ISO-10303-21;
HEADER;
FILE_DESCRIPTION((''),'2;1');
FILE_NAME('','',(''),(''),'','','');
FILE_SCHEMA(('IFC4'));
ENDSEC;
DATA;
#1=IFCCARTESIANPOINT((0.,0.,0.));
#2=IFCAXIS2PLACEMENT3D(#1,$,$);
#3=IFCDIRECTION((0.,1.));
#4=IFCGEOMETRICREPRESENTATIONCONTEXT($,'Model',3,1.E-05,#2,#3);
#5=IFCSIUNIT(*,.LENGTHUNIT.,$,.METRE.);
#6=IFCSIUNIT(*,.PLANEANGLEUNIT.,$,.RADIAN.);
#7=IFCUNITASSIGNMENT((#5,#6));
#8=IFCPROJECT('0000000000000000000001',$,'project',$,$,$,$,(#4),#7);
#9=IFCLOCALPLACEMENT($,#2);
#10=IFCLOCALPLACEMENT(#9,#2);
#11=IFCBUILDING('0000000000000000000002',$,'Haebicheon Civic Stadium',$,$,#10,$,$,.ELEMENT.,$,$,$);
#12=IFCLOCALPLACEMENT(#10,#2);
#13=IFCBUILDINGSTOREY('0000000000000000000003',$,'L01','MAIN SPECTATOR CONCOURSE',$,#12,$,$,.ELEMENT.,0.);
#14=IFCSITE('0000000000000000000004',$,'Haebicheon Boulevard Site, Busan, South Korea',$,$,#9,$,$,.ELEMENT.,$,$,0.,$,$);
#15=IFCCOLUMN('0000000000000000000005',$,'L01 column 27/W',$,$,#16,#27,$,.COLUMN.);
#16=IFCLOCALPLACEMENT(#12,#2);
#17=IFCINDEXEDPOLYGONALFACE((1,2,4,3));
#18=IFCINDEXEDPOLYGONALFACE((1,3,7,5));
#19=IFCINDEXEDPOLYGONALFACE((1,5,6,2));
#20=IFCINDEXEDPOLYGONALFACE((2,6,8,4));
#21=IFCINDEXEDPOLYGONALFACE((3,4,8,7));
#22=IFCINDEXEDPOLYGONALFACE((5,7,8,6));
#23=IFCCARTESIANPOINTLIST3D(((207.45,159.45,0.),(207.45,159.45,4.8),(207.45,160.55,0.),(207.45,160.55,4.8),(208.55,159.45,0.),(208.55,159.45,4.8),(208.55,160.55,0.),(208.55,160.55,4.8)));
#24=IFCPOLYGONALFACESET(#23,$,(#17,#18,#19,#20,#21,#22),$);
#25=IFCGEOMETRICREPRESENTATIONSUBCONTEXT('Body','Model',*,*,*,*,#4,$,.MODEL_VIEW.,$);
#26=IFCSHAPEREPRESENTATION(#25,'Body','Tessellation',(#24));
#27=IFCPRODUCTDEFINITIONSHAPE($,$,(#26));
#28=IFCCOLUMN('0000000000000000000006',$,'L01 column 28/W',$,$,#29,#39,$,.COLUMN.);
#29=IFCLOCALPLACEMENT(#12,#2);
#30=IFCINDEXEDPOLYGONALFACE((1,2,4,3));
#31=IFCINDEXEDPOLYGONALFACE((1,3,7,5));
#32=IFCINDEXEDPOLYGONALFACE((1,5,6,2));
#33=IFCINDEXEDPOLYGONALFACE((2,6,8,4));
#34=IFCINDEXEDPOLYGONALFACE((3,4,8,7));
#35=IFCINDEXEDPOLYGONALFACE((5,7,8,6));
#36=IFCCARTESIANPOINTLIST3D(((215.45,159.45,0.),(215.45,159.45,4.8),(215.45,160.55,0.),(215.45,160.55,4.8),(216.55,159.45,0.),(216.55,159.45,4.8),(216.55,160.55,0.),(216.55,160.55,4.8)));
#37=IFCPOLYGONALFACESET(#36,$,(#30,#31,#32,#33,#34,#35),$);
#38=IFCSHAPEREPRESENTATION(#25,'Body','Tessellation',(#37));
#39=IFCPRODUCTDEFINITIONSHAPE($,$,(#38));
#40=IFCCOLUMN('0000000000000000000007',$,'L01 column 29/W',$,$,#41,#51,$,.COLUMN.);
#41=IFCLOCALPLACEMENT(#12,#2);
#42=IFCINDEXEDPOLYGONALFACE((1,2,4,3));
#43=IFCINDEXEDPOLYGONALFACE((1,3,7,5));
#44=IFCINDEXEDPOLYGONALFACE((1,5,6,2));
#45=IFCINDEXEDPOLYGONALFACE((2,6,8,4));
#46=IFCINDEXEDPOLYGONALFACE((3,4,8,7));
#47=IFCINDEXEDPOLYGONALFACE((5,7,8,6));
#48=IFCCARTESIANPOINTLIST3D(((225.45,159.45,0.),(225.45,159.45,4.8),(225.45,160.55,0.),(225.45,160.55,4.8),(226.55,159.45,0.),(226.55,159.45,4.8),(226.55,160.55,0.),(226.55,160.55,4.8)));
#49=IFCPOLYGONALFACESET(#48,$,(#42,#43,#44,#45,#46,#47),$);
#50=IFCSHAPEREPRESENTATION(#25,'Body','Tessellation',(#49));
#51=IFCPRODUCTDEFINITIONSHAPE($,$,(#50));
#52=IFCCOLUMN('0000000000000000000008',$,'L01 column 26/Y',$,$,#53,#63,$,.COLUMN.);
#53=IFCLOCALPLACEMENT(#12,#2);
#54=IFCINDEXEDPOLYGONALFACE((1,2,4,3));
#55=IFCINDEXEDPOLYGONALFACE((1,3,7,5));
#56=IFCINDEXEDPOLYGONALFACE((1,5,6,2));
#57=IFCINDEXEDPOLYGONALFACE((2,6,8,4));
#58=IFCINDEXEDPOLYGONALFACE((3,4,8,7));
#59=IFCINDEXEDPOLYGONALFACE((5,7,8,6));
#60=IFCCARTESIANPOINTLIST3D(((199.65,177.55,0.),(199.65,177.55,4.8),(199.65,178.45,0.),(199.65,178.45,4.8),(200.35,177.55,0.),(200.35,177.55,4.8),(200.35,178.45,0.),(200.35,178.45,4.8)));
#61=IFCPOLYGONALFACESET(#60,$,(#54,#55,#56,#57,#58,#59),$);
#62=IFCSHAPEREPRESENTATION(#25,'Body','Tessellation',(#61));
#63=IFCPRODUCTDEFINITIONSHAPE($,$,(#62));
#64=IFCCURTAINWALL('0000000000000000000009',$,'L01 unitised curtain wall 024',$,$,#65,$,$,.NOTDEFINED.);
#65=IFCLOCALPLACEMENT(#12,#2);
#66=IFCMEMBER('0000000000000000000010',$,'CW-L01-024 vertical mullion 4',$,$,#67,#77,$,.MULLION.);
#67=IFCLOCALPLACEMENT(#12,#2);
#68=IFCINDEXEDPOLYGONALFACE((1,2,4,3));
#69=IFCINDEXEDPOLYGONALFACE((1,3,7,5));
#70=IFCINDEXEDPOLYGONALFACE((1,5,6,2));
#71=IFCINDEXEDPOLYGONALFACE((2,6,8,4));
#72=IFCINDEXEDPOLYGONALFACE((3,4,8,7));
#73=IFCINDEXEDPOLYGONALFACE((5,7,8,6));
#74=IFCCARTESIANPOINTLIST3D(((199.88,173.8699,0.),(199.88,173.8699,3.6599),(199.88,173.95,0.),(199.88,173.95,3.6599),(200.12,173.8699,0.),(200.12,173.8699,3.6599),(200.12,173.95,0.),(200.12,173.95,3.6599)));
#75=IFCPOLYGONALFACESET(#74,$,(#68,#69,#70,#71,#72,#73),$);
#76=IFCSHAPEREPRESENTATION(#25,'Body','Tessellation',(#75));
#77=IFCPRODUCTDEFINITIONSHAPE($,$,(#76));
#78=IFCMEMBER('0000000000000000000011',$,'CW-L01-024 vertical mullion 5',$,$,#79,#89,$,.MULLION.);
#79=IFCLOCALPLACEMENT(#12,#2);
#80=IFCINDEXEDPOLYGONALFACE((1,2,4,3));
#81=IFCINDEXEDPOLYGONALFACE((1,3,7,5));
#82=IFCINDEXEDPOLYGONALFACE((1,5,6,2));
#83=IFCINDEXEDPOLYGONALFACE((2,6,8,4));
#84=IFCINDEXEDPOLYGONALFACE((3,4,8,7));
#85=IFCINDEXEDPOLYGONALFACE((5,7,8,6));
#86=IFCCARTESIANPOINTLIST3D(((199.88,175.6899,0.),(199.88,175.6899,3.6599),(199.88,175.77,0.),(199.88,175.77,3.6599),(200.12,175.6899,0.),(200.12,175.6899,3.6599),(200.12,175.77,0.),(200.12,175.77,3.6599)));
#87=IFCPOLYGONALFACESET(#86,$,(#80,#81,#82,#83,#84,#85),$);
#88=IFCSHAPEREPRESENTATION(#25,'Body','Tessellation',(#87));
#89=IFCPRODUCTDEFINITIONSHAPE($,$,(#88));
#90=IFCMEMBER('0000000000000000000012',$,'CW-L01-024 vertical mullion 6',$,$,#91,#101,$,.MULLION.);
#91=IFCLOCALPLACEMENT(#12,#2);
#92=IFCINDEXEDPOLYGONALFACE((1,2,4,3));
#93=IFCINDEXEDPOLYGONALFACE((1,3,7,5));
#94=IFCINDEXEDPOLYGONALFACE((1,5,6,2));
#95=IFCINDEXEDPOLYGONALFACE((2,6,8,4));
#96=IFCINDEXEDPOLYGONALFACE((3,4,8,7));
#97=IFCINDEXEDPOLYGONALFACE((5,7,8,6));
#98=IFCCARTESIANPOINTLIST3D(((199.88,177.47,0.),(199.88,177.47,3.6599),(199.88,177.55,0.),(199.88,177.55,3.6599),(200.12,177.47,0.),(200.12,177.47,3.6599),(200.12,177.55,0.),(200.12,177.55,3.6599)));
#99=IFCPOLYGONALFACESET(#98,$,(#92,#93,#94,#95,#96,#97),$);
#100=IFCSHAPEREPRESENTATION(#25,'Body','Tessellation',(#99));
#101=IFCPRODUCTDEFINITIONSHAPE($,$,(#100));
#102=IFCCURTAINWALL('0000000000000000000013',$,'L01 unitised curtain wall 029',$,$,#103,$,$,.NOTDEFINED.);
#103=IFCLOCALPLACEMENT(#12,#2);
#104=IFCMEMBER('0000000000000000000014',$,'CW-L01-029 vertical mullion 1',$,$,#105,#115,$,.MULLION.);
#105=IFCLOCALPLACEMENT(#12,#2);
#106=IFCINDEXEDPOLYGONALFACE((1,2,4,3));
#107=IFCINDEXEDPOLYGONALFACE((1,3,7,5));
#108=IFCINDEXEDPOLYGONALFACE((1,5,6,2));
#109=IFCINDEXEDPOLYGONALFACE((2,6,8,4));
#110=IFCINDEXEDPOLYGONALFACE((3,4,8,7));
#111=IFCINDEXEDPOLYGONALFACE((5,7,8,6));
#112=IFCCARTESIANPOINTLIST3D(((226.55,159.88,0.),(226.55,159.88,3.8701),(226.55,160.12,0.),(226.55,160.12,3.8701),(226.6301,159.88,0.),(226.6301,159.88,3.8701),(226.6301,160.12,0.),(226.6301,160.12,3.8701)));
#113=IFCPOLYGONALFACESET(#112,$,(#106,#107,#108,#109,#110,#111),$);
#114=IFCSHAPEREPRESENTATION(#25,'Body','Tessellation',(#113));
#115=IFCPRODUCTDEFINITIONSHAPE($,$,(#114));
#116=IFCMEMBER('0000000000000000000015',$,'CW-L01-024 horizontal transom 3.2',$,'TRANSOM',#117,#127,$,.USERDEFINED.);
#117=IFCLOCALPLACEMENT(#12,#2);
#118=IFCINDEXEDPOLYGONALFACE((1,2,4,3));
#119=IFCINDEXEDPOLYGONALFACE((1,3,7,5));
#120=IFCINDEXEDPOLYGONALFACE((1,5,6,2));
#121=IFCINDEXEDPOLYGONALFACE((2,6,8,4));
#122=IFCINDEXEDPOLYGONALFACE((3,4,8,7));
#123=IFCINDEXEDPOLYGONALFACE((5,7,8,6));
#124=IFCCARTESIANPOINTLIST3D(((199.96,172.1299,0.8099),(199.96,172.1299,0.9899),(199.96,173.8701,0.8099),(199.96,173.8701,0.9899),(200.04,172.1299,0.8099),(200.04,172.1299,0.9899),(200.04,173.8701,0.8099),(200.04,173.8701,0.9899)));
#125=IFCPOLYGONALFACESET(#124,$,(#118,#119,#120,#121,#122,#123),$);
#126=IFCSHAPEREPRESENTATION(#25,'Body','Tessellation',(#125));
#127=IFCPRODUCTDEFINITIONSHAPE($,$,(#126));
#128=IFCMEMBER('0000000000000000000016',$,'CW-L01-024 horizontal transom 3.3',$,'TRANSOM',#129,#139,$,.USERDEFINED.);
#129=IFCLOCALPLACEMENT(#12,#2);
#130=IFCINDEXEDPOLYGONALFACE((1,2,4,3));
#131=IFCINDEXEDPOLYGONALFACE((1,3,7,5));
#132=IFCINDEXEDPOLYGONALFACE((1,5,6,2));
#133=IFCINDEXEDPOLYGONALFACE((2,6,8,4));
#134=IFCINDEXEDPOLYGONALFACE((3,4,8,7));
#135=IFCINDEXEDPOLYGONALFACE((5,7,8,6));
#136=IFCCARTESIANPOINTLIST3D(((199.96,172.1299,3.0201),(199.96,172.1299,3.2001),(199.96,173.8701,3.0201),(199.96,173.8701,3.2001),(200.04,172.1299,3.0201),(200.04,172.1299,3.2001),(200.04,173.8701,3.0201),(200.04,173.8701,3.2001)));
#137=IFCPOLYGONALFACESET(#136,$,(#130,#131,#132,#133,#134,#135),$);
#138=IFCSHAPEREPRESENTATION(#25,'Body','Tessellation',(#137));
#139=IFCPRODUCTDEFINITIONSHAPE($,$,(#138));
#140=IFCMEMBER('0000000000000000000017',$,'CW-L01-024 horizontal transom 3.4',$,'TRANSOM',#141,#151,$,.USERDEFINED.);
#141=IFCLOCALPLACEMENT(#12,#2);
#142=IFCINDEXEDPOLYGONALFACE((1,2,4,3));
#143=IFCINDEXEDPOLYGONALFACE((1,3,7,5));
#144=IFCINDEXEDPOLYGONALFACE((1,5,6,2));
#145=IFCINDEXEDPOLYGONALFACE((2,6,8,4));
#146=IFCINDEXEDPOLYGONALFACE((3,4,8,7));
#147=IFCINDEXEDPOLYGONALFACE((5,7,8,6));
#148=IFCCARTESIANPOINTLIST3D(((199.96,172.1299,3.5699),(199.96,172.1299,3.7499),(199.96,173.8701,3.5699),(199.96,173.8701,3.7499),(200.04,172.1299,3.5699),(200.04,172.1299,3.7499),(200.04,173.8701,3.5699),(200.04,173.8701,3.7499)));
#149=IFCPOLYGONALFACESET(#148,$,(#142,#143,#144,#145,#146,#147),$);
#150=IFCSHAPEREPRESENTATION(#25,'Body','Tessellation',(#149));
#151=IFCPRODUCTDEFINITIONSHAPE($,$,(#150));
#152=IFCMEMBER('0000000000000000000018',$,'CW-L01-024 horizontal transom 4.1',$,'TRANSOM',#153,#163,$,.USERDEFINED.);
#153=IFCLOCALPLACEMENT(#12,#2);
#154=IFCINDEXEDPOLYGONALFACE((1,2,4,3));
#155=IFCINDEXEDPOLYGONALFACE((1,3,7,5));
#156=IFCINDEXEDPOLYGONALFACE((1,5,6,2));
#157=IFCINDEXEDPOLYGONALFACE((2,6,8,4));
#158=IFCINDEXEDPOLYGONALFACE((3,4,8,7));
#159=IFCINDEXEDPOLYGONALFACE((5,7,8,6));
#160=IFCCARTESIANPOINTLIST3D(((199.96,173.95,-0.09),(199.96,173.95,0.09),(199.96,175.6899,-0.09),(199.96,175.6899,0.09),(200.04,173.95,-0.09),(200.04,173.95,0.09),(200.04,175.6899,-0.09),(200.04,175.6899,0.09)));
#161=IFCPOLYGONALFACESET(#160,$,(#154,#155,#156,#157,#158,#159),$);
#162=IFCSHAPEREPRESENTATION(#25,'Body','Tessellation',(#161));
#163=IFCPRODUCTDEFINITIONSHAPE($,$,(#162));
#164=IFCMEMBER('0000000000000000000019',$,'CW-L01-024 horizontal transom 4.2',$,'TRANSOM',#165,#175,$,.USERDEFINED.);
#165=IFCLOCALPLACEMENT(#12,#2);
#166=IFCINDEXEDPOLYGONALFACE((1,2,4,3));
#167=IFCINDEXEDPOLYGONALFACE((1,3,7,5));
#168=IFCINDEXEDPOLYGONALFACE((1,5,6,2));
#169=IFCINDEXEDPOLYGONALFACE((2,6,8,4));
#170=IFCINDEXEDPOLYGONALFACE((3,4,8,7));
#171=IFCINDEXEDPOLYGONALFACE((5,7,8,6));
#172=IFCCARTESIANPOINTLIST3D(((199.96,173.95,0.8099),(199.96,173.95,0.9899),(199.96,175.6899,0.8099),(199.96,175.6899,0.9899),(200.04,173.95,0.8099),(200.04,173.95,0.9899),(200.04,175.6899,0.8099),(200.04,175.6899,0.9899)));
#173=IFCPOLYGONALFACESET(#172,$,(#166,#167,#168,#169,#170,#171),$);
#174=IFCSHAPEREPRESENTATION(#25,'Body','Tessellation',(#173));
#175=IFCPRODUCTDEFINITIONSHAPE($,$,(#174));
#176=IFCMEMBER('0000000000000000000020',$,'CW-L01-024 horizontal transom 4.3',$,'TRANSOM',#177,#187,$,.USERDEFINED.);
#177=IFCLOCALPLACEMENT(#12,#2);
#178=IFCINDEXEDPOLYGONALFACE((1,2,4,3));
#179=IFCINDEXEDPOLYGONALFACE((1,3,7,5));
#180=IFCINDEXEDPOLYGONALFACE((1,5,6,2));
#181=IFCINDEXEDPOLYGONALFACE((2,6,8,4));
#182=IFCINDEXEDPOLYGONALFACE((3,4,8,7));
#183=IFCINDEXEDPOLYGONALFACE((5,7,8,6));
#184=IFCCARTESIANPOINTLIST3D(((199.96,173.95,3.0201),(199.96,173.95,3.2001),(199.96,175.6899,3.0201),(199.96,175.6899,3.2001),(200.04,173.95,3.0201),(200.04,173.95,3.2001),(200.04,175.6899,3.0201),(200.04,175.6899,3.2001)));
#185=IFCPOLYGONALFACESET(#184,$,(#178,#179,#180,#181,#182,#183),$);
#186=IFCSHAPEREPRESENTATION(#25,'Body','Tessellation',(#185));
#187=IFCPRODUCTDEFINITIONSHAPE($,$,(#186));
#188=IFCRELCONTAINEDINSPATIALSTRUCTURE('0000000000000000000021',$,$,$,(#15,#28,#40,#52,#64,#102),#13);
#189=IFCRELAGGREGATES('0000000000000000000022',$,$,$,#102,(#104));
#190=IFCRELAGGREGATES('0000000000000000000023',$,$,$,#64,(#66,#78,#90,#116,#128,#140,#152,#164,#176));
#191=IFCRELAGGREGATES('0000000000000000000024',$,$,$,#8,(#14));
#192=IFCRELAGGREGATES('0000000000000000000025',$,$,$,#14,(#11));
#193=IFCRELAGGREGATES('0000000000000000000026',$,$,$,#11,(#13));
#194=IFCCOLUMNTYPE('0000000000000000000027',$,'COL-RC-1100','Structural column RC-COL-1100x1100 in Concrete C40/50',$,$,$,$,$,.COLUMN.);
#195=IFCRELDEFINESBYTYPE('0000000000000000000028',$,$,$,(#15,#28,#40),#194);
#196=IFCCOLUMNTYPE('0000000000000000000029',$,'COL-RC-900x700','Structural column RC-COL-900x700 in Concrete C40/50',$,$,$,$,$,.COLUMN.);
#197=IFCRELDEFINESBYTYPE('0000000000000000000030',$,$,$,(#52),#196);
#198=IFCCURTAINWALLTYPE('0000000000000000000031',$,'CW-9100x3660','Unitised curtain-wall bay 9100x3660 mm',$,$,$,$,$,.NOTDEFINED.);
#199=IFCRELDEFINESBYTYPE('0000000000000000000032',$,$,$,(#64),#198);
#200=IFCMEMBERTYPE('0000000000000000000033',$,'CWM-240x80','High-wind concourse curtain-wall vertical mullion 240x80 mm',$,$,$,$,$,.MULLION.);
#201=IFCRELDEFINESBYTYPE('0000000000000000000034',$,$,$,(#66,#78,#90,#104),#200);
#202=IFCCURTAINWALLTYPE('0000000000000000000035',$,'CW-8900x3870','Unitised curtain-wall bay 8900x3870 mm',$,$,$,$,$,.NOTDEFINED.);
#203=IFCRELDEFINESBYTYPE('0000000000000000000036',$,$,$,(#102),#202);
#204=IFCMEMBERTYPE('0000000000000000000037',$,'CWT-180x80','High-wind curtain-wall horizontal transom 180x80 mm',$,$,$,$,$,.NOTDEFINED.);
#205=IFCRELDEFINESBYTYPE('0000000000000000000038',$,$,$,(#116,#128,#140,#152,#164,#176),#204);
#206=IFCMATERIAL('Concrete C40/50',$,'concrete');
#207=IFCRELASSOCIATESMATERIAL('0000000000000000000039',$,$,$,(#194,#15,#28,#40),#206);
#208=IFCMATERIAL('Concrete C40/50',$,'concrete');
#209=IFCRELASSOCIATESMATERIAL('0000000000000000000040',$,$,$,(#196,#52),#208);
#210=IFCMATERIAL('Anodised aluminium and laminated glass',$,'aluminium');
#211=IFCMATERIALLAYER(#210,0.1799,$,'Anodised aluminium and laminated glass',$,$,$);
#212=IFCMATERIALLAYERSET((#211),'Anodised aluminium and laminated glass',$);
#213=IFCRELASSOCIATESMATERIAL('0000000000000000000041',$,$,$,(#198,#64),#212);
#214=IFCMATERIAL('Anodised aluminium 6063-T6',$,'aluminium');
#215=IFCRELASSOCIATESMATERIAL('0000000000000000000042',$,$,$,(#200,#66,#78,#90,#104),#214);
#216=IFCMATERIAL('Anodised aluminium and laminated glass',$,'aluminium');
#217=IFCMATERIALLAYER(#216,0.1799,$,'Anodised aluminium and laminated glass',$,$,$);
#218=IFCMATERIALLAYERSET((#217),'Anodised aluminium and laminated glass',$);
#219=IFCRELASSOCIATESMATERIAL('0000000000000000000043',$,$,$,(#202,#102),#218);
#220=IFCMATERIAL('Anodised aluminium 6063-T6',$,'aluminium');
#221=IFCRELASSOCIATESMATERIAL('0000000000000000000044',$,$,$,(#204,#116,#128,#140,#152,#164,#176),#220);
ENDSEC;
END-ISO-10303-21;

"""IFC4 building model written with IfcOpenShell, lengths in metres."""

from ifc_helpers import new_model, si_unit, direction, frame, origin, origin_2d, place, context, subcontext, project, spatial, rectangle, extrude, material, layer, layer_set, material_profile, profile_set, type_object, element, aggregate, save


model = new_model("IFC4")

# Units and contexts
model_context = context("Model", 3, precision=1e-05, world=origin(), true_north=direction((0.0, 1.0)))
body_context = subcontext(model_context, "Body", "Model", "MODEL_VIEW")
ifc_project = project(units=[si_unit("LENGTHUNIT", "METRE"), si_unit("PLANEANGLEUNIT", "RADIAN")], contexts=[model_context])

# Site, building, storey
site_placement = place(None, origin())
site = spatial("IfcSite", under=ifc_project, at=site_placement, Name="Haebicheon Boulevard Site, Busan, South Korea", CompositionType="ELEMENT", RefElevation=0.0)
building_placement = place(site_placement, origin())
building = spatial("IfcBuilding", under=site, at=building_placement, Name="Haebicheon Civic Stadium", CompositionType="ELEMENT")
storey_placement = place(building_placement, origin())
storey = spatial("IfcBuildingStorey", under=building, at=storey_placement, Name="L01", Description="MAIN SPECTATOR CONCOURSE", CompositionType="ELEMENT", Elevation=0.0)

# Columns
ifc_material_1 = material(Name="Concrete C40/50", Category="concrete")
ifc_material_profile_1 = material_profile(ifc_material_1, rectangle(XDim=1.1001, YDim=1.1001, at=origin_2d()), Name="RC-COL-1100x1100")
ifc_profile_set_1 = profile_set([ifc_material_profile_1], Name="Concrete C40/50")
column_type_1 = type_object("IfcColumnType", Name="COL-RC-1100", Description="Structural column RC-COL-1100x1100 in Concrete C40/50", PredefinedType="COLUMN", material=ifc_profile_set_1)
for number, where, z_axis, x_axis, name in (
    (1, (208.0, 160.0, 0.0), (0.0, 0.0, 1.0), (1.0, 0.0, 0.0), "L01 column 27/W"),
    (2, (216.0, 160.0, 0.0), (0.0, 0.0, 1.0), (1.0, 0.0, 0.0), "L01 column 28/W"),
    (3, (226.0, 160.0, 0.0), (0.0, 0.0, 1.0), (1.0, 0.0, 0.0), "L01 column 29/W"),
):
    element("IfcColumn", number, at=place(storey_placement, frame(where, z_axis=z_axis, x_axis=x_axis)), inside=storey, type_object=column_type_1, material=ifc_profile_set_1, Name=name, PredefinedType="COLUMN", context=body_context, shape_type="SweptSolid", body=[
        extrude(rectangle(XDim=1.1001, YDim=1.1001, at=origin_2d()), origin(), (0.0, 0.0, 1.0), 4.8),
    ])
ifc_material_2 = material(Name="Concrete C40/50", Category="concrete")
ifc_material_profile_2 = material_profile(ifc_material_2, rectangle(XDim=0.7, YDim=0.8999, at=origin_2d()), Name="RC-COL-900x700")
ifc_profile_set_2 = profile_set([ifc_material_profile_2], Name="Concrete C40/50")
column_type_2 = type_object("IfcColumnType", Name="COL-RC-900x700", Description="Structural column RC-COL-900x700 in Concrete C40/50", PredefinedType="COLUMN", material=ifc_profile_set_2)
column_placement = place(storey_placement, frame((200.0, 178.0, 0.0), z_axis=(0.0, 0.0, 1.0), x_axis=(1.0, 0.0, 0.0)))
element("IfcColumn", 4, at=column_placement, inside=storey, type_object=column_type_2, material=ifc_profile_set_2, Name="L01 column 26/Y", PredefinedType="COLUMN", context=body_context, shape_type="SweptSolid", body=[
    extrude(rectangle(XDim=0.7, YDim=0.8999, at=origin_2d()), origin(), (0.0, 0.0, 1.0), 4.8),
])

# Curtain wall, members
ifc_material_3 = material(Name="Anodised aluminium and laminated glass", Category="aluminium")
ifc_layer_1 = layer(ifc_material_3, 0.1799, Name="Anodised aluminium and laminated glass")
ifc_layer_set_1 = layer_set([ifc_layer_1], Name="Anodised aluminium and laminated glass")
curtain_wall_type_1 = type_object("IfcCurtainWallType", Name="CW-9100x3660", Description="Unitised curtain-wall bay 9100x3660 mm", PredefinedType="NOTDEFINED", material=ifc_layer_set_1)
curtain_wall_1_placement = place(storey_placement, origin())
curtain_wall_1 = element("IfcCurtainWall", 5, at=curtain_wall_1_placement, inside=storey, type_object=curtain_wall_type_1, material=ifc_layer_set_1, Name="L01 unitised curtain wall 024", PredefinedType="NOTDEFINED")
ifc_material_4 = material(Name="Anodised aluminium 6063-T6", Category="aluminium")
ifc_material_profile_3 = material_profile(ifc_material_4, rectangle(XDim=0.0801, YDim=0.24, at=origin_2d()), Name="ALU-MULL-80x240")
ifc_profile_set_3 = profile_set([ifc_material_profile_3], Name="Anodised aluminium 6063-T6")
member_type_1 = type_object("IfcMemberType", Name="CWM-240x80", Description="High-wind concourse curtain-wall vertical mullion 240x80 mm", PredefinedType="MULLION", material=ifc_profile_set_3)
member_1_placement = place(storey_placement, frame((200.0, 173.9099, 0.0), z_axis=(0.0, 0.0, 1.0), x_axis=(0.0, 1.0, 0.0)))
member_1 = element("IfcMember", 6, at=member_1_placement, type_object=member_type_1, material=ifc_profile_set_3, Name="CW-L01-024 vertical mullion 4", PredefinedType="MULLION", context=body_context, shape_type="SweptSolid", body=[
    extrude(rectangle(XDim=0.0801, YDim=0.24, at=origin_2d()), origin(), (0.0, 0.0, 1.0), 3.6599),
])
member_2_placement = place(storey_placement, frame((200.0, 175.73, 0.0), z_axis=(0.0, 0.0, 1.0), x_axis=(0.0, 1.0, 0.0)))
member_2 = element("IfcMember", 7, at=member_2_placement, type_object=member_type_1, material=ifc_profile_set_3, Name="CW-L01-024 vertical mullion 5", PredefinedType="MULLION", context=body_context, shape_type="SweptSolid", body=[
    extrude(rectangle(XDim=0.0801, YDim=0.24, at=origin_2d()), origin(), (0.0, 0.0, 1.0), 3.6599),
])
member_3_placement = place(storey_placement, frame((200.0, 177.51, 0.0), z_axis=(0.0, 0.0, 1.0), x_axis=(0.0, 1.0, 0.0)))
member_3 = element("IfcMember", 8, at=member_3_placement, type_object=member_type_1, material=ifc_profile_set_3, Name="CW-L01-024 vertical mullion 6", PredefinedType="MULLION", context=body_context, shape_type="SweptSolid", body=[
    extrude(rectangle(XDim=0.0801, YDim=0.24, at=origin_2d()), origin(), (0.0, 0.0, 1.0), 3.6599),
])

# Curtain wall, member
ifc_material_5 = material(Name="Anodised aluminium and laminated glass", Category="aluminium")
ifc_layer_2 = layer(ifc_material_5, 0.1799, Name="Anodised aluminium and laminated glass")
ifc_layer_set_2 = layer_set([ifc_layer_2], Name="Anodised aluminium and laminated glass")
curtain_wall_type_2 = type_object("IfcCurtainWallType", Name="CW-8900x3870", Description="Unitised curtain-wall bay 8900x3870 mm", PredefinedType="NOTDEFINED", material=ifc_layer_set_2)
curtain_wall_2_placement = place(storey_placement, origin())
curtain_wall_2 = element("IfcCurtainWall", 9, at=curtain_wall_2_placement, inside=storey, type_object=curtain_wall_type_2, material=ifc_layer_set_2, Name="L01 unitised curtain wall 029", PredefinedType="NOTDEFINED")
member_4_placement = place(storey_placement, frame((226.5901, 160.0, 0.0), z_axis=(0.0, 0.0, 1.0), x_axis=(1.0, 0.0, 0.0)))
member_4 = element("IfcMember", 10, at=member_4_placement, type_object=member_type_1, material=ifc_profile_set_3, Name="CW-L01-029 vertical mullion 1", PredefinedType="MULLION", context=body_context, shape_type="SweptSolid", body=[
    extrude(rectangle(XDim=0.0801, YDim=0.24, at=origin_2d()), origin(), (0.0, 0.0, 1.0), 3.8701),
])

# Members
ifc_material_6 = material(Name="Anodised aluminium 6063-T6", Category="aluminium")
ifc_material_profile_4 = material_profile(ifc_material_6, rectangle(XDim=0.0801, YDim=0.1799, at=origin_2d()), Name="ALU-TRAN-80x180")
ifc_profile_set_4 = profile_set([ifc_material_profile_4], Name="Anodised aluminium 6063-T6")
member_type_2 = type_object("IfcMemberType", Name="CWT-180x80", Description="High-wind curtain-wall horizontal transom 180x80 mm", PredefinedType="NOTDEFINED", material=ifc_profile_set_4)
member_5_placement = place(storey_placement, frame((200.0, 172.1299, 0.8999), z_axis=(0.0, 1.0, 0.0), x_axis=(-1.0, 0.0, 0.0)))
member_5 = element("IfcMember", 11, at=member_5_placement, type_object=member_type_2, material=ifc_profile_set_4, Name="CW-L01-024 horizontal transom 3.2", ObjectType="TRANSOM", PredefinedType="USERDEFINED", context=body_context, shape_type="SweptSolid", body=[
    extrude(rectangle(XDim=0.0801, YDim=0.1799, at=origin_2d()), origin(), (0.0, 0.0, 1.0), 1.7402),
])
member_6_placement = place(storey_placement, frame((200.0, 172.1299, 3.1101), z_axis=(0.0, 1.0, 0.0), x_axis=(-1.0, 0.0, 0.0)))
member_6 = element("IfcMember", 12, at=member_6_placement, type_object=member_type_2, material=ifc_profile_set_4, Name="CW-L01-024 horizontal transom 3.3", ObjectType="TRANSOM", PredefinedType="USERDEFINED", context=body_context, shape_type="SweptSolid", body=[
    extrude(rectangle(XDim=0.0801, YDim=0.1799, at=origin_2d()), origin(), (0.0, 0.0, 1.0), 1.7402),
])
member_7_placement = place(storey_placement, frame((200.0, 172.1299, 3.6599), z_axis=(0.0, 1.0, 0.0), x_axis=(-1.0, 0.0, 0.0)))
member_7 = element("IfcMember", 13, at=member_7_placement, type_object=member_type_2, material=ifc_profile_set_4, Name="CW-L01-024 horizontal transom 3.4", ObjectType="TRANSOM", PredefinedType="USERDEFINED", context=body_context, shape_type="SweptSolid", body=[
    extrude(rectangle(XDim=0.0801, YDim=0.1799, at=origin_2d()), origin(), (0.0, 0.0, 1.0), 1.7402),
])
member_8_placement = place(storey_placement, frame((200.0, 173.95, 0.0), z_axis=(0.0, 1.0, 0.0), x_axis=(-1.0, 0.0, 0.0)))
member_8 = element("IfcMember", 14, at=member_8_placement, type_object=member_type_2, material=ifc_profile_set_4, Name="CW-L01-024 horizontal transom 4.1", ObjectType="TRANSOM", PredefinedType="USERDEFINED", context=body_context, shape_type="SweptSolid", body=[
    extrude(rectangle(XDim=0.0801, YDim=0.1799, at=origin_2d()), origin(), (0.0, 0.0, 1.0), 1.74),
])
member_9_placement = place(storey_placement, frame((200.0, 173.95, 0.8999), z_axis=(0.0, 1.0, 0.0), x_axis=(-1.0, 0.0, 0.0)))
member_9 = element("IfcMember", 15, at=member_9_placement, type_object=member_type_2, material=ifc_profile_set_4, Name="CW-L01-024 horizontal transom 4.2", ObjectType="TRANSOM", PredefinedType="USERDEFINED", context=body_context, shape_type="SweptSolid", body=[
    extrude(rectangle(XDim=0.0801, YDim=0.1799, at=origin_2d()), origin(), (0.0, 0.0, 1.0), 1.74),
])
member_10_placement = place(storey_placement, frame((200.0, 173.95, 3.1101), z_axis=(0.0, 1.0, 0.0), x_axis=(-1.0, 0.0, 0.0)))
member_10 = element("IfcMember", 16, at=member_10_placement, type_object=member_type_2, material=ifc_profile_set_4, Name="CW-L01-024 horizontal transom 4.3", ObjectType="TRANSOM", PredefinedType="USERDEFINED", context=body_context, shape_type="SweptSolid", body=[
    extrude(rectangle(XDim=0.0801, YDim=0.1799, at=origin_2d()), origin(), (0.0, 0.0, 1.0), 1.74),
])
aggregate(curtain_wall_2, [member_4])

aggregate(curtain_wall_1, [member_1, member_2, member_3, member_5, member_6, member_7, member_8, member_9, member_10])

save(model, "model.ifc")
